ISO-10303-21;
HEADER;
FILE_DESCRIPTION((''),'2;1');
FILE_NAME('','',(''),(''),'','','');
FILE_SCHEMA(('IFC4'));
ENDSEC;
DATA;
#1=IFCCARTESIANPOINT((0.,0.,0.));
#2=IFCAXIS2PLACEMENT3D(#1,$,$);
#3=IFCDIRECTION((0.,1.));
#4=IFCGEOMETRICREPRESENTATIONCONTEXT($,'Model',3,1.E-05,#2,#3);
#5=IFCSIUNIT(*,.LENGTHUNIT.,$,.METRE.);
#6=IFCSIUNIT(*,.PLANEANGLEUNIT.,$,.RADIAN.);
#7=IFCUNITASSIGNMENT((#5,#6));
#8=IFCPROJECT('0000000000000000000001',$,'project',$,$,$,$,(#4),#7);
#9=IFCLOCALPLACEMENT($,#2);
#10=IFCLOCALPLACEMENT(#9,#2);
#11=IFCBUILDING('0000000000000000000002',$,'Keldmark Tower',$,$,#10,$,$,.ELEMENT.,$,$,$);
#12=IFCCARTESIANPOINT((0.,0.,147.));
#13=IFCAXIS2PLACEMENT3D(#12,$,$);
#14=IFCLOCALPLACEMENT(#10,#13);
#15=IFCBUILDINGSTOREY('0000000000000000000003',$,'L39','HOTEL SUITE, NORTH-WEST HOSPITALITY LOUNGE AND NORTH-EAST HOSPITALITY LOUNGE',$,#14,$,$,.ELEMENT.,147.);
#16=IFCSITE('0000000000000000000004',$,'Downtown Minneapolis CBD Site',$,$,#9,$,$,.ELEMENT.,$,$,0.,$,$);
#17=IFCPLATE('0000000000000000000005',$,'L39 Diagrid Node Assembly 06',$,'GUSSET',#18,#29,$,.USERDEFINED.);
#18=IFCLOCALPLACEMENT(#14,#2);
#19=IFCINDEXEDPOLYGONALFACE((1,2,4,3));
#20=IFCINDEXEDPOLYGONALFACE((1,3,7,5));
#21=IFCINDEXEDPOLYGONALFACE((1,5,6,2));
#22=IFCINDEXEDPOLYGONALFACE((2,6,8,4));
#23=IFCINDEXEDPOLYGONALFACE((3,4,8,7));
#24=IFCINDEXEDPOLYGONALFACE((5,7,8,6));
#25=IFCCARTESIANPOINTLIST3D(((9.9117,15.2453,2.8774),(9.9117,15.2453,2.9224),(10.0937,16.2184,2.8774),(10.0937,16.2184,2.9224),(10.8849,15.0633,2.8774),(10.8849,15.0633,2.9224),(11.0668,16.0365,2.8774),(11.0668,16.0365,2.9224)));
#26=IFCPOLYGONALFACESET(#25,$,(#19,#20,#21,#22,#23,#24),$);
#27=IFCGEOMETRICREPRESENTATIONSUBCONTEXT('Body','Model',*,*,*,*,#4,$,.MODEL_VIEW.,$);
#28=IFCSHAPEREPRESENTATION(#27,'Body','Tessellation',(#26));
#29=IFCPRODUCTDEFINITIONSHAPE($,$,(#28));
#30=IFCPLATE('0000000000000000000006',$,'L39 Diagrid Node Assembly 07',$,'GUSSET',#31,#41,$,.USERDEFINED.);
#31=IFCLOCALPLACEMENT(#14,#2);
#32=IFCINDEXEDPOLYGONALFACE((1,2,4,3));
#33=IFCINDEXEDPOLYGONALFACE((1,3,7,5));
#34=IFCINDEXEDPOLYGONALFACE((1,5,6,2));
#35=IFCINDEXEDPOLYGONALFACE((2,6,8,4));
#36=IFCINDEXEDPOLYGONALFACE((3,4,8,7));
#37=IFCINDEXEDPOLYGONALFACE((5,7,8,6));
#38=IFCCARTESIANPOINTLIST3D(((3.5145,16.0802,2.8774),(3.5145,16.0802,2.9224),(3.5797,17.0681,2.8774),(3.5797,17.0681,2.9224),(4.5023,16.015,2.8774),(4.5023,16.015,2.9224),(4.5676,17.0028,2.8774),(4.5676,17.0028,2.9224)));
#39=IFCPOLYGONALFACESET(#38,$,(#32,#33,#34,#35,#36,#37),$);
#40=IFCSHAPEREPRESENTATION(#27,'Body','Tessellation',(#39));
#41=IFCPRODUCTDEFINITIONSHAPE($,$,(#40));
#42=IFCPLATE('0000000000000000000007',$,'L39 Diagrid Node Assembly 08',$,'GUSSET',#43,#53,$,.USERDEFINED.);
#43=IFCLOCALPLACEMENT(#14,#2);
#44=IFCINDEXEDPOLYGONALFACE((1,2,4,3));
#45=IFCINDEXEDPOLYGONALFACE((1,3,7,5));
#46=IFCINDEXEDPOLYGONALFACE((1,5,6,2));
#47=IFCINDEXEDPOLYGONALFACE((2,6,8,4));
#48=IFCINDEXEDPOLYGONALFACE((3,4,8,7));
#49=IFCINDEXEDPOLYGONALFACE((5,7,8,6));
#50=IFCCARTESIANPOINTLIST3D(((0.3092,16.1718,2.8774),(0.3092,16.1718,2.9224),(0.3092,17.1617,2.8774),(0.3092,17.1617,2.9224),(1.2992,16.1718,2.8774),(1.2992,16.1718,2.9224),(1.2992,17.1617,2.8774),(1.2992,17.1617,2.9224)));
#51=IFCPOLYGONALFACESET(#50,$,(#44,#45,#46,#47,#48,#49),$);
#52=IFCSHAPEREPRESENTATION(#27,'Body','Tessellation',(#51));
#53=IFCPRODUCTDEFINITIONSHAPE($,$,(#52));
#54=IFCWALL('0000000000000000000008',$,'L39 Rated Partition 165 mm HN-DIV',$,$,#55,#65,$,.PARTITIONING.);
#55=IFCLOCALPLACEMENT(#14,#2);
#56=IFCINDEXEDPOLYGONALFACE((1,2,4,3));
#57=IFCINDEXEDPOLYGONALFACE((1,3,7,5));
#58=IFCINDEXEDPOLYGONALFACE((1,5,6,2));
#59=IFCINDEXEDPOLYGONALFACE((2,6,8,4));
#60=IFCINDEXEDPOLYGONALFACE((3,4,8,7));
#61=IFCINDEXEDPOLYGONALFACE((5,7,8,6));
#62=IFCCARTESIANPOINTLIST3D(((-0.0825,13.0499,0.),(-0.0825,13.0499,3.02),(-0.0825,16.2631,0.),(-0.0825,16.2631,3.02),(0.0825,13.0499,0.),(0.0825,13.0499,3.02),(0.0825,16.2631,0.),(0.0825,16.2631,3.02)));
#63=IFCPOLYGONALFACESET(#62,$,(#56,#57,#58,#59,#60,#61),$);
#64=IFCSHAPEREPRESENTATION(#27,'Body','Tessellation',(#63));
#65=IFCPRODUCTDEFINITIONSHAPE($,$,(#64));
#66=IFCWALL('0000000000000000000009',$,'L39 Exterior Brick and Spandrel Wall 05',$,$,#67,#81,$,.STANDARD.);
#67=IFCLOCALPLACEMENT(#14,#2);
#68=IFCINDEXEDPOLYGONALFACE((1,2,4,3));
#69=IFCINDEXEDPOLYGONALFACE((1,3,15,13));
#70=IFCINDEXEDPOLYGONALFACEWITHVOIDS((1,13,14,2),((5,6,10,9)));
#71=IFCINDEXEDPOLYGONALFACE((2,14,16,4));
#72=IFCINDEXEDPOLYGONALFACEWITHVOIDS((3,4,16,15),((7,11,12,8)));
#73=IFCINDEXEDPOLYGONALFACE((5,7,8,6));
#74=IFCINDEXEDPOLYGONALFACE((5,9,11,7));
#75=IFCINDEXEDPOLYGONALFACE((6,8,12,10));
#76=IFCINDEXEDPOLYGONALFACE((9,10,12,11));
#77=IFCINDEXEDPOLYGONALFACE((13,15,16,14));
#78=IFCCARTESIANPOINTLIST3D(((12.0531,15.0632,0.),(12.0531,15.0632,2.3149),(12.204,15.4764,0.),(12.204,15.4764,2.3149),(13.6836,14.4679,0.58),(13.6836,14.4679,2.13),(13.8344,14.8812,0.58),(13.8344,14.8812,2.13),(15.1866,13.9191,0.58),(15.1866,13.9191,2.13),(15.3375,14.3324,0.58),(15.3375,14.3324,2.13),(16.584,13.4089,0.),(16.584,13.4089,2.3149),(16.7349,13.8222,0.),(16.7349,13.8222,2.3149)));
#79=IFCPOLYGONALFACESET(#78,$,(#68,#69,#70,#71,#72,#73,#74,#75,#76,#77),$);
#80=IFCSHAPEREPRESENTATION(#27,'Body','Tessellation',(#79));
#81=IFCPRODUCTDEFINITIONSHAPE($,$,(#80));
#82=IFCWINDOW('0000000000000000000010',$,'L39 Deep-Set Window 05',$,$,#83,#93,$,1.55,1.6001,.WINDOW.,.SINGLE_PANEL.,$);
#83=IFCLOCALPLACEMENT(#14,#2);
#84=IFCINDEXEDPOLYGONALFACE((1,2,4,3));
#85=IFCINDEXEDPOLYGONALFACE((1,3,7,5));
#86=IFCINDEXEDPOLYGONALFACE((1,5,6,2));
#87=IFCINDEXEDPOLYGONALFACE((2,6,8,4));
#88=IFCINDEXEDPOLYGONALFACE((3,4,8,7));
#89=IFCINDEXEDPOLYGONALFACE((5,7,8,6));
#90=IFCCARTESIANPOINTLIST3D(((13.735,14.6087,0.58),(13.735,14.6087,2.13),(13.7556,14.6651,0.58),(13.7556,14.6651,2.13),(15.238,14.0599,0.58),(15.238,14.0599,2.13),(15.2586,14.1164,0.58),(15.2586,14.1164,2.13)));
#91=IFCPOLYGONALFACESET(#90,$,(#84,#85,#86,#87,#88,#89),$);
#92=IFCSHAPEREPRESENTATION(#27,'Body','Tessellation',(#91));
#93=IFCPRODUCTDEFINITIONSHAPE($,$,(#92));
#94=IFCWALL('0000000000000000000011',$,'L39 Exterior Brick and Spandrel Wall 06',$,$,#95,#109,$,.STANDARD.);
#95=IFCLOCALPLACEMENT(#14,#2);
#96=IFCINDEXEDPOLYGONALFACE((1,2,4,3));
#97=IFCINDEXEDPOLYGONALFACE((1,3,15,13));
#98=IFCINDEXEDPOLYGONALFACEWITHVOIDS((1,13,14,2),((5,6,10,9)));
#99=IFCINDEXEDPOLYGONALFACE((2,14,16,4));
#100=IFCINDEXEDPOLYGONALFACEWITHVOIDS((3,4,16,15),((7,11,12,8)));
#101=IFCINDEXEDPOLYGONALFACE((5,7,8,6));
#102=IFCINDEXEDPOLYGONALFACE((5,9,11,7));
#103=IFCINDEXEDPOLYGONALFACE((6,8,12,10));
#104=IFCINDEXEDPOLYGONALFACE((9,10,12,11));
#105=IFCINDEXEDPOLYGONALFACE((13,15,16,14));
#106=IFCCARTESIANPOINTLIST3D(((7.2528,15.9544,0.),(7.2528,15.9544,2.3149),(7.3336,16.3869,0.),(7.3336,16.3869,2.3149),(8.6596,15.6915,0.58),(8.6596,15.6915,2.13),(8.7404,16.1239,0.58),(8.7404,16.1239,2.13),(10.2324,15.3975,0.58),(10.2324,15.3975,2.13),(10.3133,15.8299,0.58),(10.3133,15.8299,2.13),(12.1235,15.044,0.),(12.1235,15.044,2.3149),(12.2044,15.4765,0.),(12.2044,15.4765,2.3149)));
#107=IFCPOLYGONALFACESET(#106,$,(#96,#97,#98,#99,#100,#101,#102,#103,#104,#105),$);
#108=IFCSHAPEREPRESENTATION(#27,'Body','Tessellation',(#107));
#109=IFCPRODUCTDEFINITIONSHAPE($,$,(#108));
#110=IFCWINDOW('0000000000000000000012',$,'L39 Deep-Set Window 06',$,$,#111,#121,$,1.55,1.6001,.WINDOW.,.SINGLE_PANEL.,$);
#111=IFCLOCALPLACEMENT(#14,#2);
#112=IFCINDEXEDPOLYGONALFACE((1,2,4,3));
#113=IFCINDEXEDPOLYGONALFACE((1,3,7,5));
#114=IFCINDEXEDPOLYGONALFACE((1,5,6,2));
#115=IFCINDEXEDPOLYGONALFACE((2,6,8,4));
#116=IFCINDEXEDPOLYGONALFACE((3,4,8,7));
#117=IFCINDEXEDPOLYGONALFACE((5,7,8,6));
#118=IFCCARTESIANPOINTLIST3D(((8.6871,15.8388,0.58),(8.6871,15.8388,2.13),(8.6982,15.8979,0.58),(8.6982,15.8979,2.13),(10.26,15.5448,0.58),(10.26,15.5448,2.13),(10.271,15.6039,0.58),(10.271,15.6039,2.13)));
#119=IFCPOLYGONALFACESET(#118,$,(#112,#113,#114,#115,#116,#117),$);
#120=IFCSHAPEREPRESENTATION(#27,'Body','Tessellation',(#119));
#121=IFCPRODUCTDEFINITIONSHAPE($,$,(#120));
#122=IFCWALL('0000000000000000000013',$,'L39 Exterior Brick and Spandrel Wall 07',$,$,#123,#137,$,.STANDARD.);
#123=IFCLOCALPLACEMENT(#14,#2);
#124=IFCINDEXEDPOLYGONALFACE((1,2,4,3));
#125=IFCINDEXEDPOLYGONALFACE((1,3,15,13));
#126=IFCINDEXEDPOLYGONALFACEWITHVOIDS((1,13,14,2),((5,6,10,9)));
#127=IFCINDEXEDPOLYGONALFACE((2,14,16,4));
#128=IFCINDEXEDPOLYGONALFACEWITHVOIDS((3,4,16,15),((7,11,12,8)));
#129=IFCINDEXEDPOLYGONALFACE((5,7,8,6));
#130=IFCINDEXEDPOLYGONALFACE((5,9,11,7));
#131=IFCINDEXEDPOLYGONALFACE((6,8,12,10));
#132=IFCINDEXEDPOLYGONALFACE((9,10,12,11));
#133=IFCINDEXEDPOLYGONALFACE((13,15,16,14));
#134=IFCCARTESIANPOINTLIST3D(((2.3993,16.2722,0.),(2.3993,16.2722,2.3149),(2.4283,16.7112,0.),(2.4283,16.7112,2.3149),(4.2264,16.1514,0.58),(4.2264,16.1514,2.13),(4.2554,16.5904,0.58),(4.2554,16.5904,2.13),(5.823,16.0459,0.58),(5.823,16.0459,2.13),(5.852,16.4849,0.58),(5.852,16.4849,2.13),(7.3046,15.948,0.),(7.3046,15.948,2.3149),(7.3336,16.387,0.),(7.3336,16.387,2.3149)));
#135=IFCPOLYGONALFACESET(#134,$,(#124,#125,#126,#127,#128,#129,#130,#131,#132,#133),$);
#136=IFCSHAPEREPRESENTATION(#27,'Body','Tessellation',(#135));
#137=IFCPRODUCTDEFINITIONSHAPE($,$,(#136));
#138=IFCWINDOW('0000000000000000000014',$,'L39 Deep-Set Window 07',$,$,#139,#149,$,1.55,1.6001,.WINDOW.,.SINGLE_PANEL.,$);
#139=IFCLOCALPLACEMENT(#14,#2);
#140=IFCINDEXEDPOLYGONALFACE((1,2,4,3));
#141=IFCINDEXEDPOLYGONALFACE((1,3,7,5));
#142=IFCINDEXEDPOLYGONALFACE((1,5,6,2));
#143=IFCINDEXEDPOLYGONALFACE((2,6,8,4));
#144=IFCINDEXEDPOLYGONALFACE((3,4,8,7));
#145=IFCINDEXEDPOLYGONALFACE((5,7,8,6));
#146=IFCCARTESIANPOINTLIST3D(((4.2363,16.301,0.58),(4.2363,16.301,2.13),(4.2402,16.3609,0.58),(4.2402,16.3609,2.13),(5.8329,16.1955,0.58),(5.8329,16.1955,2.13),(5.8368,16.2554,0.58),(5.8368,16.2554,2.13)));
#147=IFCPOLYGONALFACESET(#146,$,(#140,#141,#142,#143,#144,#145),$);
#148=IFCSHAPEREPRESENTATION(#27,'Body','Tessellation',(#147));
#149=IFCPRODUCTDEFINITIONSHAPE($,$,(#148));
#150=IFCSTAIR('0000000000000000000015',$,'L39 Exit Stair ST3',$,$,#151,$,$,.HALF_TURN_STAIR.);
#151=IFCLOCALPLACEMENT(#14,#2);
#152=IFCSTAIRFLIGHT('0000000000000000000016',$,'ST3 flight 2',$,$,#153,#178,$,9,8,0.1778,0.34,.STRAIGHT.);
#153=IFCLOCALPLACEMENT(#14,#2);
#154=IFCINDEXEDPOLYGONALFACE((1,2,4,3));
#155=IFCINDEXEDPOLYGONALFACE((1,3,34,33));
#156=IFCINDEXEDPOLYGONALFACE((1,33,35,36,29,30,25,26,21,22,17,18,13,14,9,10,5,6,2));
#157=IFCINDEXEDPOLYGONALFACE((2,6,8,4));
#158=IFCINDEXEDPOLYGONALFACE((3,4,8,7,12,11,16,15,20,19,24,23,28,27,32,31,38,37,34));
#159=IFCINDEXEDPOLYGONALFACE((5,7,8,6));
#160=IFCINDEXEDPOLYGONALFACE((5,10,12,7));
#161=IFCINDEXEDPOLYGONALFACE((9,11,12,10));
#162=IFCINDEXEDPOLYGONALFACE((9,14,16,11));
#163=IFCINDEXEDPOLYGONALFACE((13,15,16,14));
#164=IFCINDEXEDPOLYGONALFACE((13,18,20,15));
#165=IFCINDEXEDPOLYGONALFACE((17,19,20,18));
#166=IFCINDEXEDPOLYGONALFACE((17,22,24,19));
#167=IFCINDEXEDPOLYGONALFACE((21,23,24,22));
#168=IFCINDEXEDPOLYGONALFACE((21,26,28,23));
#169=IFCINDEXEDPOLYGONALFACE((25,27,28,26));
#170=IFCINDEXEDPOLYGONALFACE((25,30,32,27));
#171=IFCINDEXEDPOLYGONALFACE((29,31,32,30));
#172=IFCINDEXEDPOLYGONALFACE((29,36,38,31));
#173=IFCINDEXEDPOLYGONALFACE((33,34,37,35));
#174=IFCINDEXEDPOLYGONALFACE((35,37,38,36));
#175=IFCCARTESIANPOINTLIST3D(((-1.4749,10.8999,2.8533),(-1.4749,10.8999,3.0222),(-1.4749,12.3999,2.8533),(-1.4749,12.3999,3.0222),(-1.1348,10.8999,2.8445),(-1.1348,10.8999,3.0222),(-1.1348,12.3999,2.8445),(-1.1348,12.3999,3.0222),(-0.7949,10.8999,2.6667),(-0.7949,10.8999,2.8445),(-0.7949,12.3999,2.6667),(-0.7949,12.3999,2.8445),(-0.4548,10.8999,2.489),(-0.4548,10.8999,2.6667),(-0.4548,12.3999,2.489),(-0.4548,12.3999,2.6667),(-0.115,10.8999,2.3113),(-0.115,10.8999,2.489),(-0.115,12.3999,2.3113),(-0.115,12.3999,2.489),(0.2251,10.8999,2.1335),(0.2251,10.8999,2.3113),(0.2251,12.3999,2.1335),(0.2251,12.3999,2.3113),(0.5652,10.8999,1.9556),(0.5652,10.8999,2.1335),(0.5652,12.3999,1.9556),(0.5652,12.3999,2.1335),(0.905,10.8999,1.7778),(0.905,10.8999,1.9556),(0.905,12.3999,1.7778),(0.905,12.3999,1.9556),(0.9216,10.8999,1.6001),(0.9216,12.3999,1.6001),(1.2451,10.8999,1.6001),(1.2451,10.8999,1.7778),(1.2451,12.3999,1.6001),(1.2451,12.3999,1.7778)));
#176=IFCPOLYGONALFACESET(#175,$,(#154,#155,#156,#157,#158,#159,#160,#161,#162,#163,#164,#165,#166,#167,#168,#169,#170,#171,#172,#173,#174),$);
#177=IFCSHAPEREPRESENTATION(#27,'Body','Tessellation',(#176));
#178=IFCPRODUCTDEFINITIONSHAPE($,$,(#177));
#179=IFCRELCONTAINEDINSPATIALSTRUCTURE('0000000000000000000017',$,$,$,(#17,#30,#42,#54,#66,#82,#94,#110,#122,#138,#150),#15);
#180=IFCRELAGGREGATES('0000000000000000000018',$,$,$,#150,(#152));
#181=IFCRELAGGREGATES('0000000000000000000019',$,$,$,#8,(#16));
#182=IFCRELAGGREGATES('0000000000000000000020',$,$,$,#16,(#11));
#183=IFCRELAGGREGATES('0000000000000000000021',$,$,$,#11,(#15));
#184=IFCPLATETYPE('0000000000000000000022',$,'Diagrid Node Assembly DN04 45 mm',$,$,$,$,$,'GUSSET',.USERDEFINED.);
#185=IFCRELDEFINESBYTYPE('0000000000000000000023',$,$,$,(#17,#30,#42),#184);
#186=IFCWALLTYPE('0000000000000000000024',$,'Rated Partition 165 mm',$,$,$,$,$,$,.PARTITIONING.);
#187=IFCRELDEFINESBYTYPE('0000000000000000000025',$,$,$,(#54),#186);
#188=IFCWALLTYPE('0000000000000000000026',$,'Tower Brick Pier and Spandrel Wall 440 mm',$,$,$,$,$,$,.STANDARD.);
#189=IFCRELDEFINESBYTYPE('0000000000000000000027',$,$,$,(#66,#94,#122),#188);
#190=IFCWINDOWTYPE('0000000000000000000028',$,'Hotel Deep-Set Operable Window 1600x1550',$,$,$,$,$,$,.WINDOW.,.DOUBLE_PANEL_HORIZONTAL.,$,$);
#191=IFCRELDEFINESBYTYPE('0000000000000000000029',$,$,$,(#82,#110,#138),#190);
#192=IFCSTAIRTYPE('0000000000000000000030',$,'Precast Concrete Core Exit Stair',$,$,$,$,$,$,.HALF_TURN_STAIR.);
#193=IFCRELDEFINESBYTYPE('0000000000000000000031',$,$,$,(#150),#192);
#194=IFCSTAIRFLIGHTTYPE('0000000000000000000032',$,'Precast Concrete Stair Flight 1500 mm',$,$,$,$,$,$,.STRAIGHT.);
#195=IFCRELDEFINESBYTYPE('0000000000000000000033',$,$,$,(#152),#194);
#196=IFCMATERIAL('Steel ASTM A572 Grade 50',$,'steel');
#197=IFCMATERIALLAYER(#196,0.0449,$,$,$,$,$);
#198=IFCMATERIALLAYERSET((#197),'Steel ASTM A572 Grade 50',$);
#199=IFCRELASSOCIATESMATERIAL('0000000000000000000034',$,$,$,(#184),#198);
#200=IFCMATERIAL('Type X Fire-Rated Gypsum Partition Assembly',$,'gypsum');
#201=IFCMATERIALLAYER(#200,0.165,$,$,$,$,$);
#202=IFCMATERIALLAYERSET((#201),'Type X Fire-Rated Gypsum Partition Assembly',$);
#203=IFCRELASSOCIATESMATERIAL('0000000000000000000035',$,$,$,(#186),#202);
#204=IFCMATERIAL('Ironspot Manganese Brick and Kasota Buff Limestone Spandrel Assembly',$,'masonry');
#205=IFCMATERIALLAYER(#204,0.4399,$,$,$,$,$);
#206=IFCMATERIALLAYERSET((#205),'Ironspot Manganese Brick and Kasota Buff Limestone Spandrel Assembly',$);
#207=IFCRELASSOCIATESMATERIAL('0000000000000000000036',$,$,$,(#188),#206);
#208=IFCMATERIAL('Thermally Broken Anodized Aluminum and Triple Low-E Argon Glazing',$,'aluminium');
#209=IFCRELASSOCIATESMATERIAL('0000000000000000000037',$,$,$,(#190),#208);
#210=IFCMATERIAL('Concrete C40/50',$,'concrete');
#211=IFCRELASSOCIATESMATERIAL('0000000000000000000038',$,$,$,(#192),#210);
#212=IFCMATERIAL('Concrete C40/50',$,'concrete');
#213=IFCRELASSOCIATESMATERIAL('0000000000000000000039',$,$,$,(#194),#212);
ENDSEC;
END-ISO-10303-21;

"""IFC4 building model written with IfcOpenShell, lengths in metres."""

from ifc_helpers import new_model, si_unit, direction, frame, frame_2d, origin, origin_2d, place, context, subcontext, project, spatial, polyline, rectangle, outline, extrude, material, layer, layer_set, type_object, element, fill, aggregate, save


model = new_model("IFC4")

# Units and contexts
model_context = context("Model", 3, precision=1e-05, world=origin(), true_north=direction((0.0, 1.0)))
body_context = subcontext(model_context, "Body", "Model", "MODEL_VIEW")
ifc_project = project(units=[si_unit("LENGTHUNIT", "METRE"), si_unit("PLANEANGLEUNIT", "RADIAN")], contexts=[model_context])

# Site, building, storey
site_placement = place(None, origin())
site = spatial("IfcSite", under=ifc_project, at=site_placement, Name="Downtown Minneapolis CBD Site", CompositionType="ELEMENT", RefElevation=0.0)
building_placement = place(site_placement, origin())
building = spatial("IfcBuilding", under=site, at=building_placement, Name="Keldmark Tower", CompositionType="ELEMENT")
storey_placement = place(building_placement, frame((0.0, 0.0, 147.0)))
storey = spatial("IfcBuildingStorey", under=building, at=storey_placement, Name="L39", Description="HOTEL SUITE, NORTH-WEST HOSPITALITY LOUNGE AND NORTH-EAST HOSPITALITY LOUNGE", CompositionType="ELEMENT", Elevation=147.0)

# Plates
ifc_material_1 = material(Name="Steel ASTM A572 Grade 50", Category="steel")
ifc_layer_1 = layer(ifc_material_1, 0.0449)
ifc_layer_set_1 = layer_set([ifc_layer_1], Name="Steel ASTM A572 Grade 50")
plate_type_1 = type_object("IfcPlateType", Name="Diagrid Node Assembly DN04 45 mm", ElementType="GUSSET", PredefinedType="USERDEFINED", material=ifc_layer_set_1)
for number, where, z_axis, x_axis, name in (
    (1, (10.4893, 15.6409, 2.8774), (0.0, 0.0, 1.0), (-0.982967, 0.18378, 0.0), "L39 Diagrid Node Assembly 06"),
    (2, (4.041, 16.5415, 2.8774), (0.0, 0.0, 1.0), (-0.997825, 0.065926, 0.0), "L39 Diagrid Node Assembly 07"),
    (3, (0.8042, 16.6667, 2.8774), (0.0, 0.0, 1.0), (-1.0, 0.0, 0.0), "L39 Diagrid Node Assembly 08"),
):
    element("IfcPlate", number, at=place(storey_placement, frame(where, z_axis=z_axis, x_axis=x_axis)), inside=storey, type_object=plate_type_1, Name=name, ObjectType="GUSSET", PredefinedType="USERDEFINED", context=body_context, shape_type="SweptSolid", body=[
        extrude(rectangle(XDim=0.99, YDim=0.99, at=origin_2d()), origin(), (0.0, 0.0, 1.0), 0.0449),
    ])

# Wall
ifc_material_2 = material(Name="Type X Fire-Rated Gypsum Partition Assembly", Category="gypsum")
ifc_layer_2 = layer(ifc_material_2, 0.165)
ifc_layer_set_2 = layer_set([ifc_layer_2], Name="Type X Fire-Rated Gypsum Partition Assembly")
wall_type_1 = type_object("IfcWallType", Name="Rated Partition 165 mm", PredefinedType="PARTITIONING", material=ifc_layer_set_2)
wall_1_placement = place(storey_placement, frame((0.0, 13.05, 0.0), z_axis=(0.0, 0.0, 1.0), x_axis=(0.0, 1.0, 0.0)))
element("IfcWall", 4, at=wall_1_placement, inside=storey, type_object=wall_type_1, Name="L39 Rated Partition 165 mm HN-DIV", PredefinedType="PARTITIONING", context=body_context, shape_type="SweptSolid", body=[
    extrude(rectangle(XDim=3.2131, YDim=0.165, at=frame_2d((1.6064, 0.0))), origin(), (0.0, 0.0, 1.0), 3.02),
])

# Walls, openings, windows
ifc_material_3 = material(Name="Ironspot Manganese Brick and Kasota Buff Limestone Spandrel Assembly", Category="masonry")
ifc_layer_3 = layer(ifc_material_3, 0.4399)
ifc_layer_set_3 = layer_set([ifc_layer_3], Name="Ironspot Manganese Brick and Kasota Buff Limestone Spandrel Assembly")
wall_type_2 = type_object("IfcWallType", Name="Tower Brick Pier and Spandrel Wall 440 mm", PredefinedType="STANDARD", material=ifc_layer_set_3)
wall_2_placement = place(storey_placement, frame((12.1287, 15.2698, 0.0), z_axis=(0.0, 0.0, 1.0), x_axis=(0.939349, -0.342962, 0.0)))
wall_2 = element("IfcWall", 5, at=wall_2_placement, inside=storey, type_object=wall_type_2, Name="L39 Exterior Brick and Spandrel Wall 05", PredefinedType="STANDARD", context=body_context, shape_type="SweptSolid", body=[
    extrude(rectangle(XDim=4.8235, YDim=0.4399, at=frame_2d((2.4116, 0.0))), origin(), (0.0, 0.0, 1.0), 2.3149),
])
opening_1_placement = place(wall_2_placement, frame((1.7356, 0.0, 0.5801)))
opening_1 = element("IfcOpeningElement", 6, at=opening_1_placement, cuts=wall_2, PredefinedType="OPENING", context=body_context, shape_type="SweptSolid", body=[
    extrude(rectangle(XDim=1.6001, YDim=1.55, at=frame_2d((0.8, 0.7749))), frame((0.0, 0.23, 0.0), z_axis=(0.0, -1.0, 0.0), x_axis=(1.0, 0.0, 0.0)), (0.0, 0.0, 1.0), 0.46),
])
ifc_material_4 = material(Name="Thermally Broken Anodized Aluminum and Triple Low-E Argon Glazing", Category="aluminium")
window_type = type_object("IfcWindowType", Name="Hotel Deep-Set Operable Window 1600x1550", PartitioningType="DOUBLE_PANEL_HORIZONTAL", PredefinedType="WINDOW", material=ifc_material_4)
window_1_placement = place(opening_1_placement, origin())
window_1 = element("IfcWindow", 7, at=window_1_placement, inside=storey, type_object=window_type, Name="L39 Deep-Set Window 05", OverallHeight=1.55, OverallWidth=1.6001, PartitioningType="SINGLE_PANEL", PredefinedType="WINDOW", context=body_context, shape_type="SweptSolid", body=[
    extrude(rectangle(XDim=1.6001, YDim=1.55, at=frame_2d((0.8, 0.7749))), frame((0.0, -0.01, 0.0), z_axis=(0.0, -1.0, 0.0), x_axis=(1.0, 0.0, 0.0)), (0.0, 0.0, 1.0), 0.0601),
])
fill(opening_1, window_1)
wall_3_placement = place(storey_placement, frame((7.2932, 16.1707, 0.0), z_axis=(0.0, 0.0, 1.0), x_axis=(0.982976, -0.183735, 0.0)))
wall_3 = element("IfcWall", 8, at=wall_3_placement, inside=storey, type_object=wall_type_2, Name="L39 Exterior Brick and Spandrel Wall 06", PredefinedType="STANDARD", context=body_context, shape_type="SweptSolid", body=[
    extrude(rectangle(XDim=4.9551, YDim=0.4399, at=frame_2d((2.4775, 0.0))), origin(), (0.0, 0.0, 1.0), 2.3149),
])
opening_2_placement = place(wall_3_placement, frame((1.4312, 0.0, 0.5801)))
opening_2 = element("IfcOpeningElement", 9, at=opening_2_placement, cuts=wall_3, PredefinedType="OPENING", context=body_context, shape_type="SweptSolid", body=[
    extrude(rectangle(XDim=1.6001, YDim=1.55, at=frame_2d((0.8, 0.7749))), frame((0.0, 0.23, 0.0), z_axis=(0.0, -1.0, 0.0), x_axis=(1.0, 0.0, 0.0)), (0.0, 0.0, 1.0), 0.46),
])
window_2_placement = place(opening_2_placement, origin())
window_2 = element("IfcWindow", 10, at=window_2_placement, inside=storey, type_object=window_type, Name="L39 Deep-Set Window 06", OverallHeight=1.55, OverallWidth=1.6001, PartitioningType="SINGLE_PANEL", PredefinedType="WINDOW", context=body_context, shape_type="SweptSolid", body=[
    extrude(rectangle(XDim=1.6001, YDim=1.55, at=frame_2d((0.8, 0.7749))), frame((0.0, -0.01, 0.0), z_axis=(0.0, -1.0, 0.0), x_axis=(1.0, 0.0, 0.0)), (0.0, 0.0, 1.0), 0.0601),
])
fill(opening_2, window_2)
wall_4_placement = place(storey_placement, frame((2.4138, 16.4917, 0.0), z_axis=(0.0, 0.0, 1.0), x_axis=(0.997823, -0.065952, 0.0)))
wall_4 = element("IfcWall", 11, at=wall_4_placement, inside=storey, type_object=wall_type_2, Name="L39 Exterior Brick and Spandrel Wall 07", PredefinedType="STANDARD", context=body_context, shape_type="SweptSolid", body=[
    extrude(rectangle(XDim=4.916, YDim=0.4399, at=frame_2d((2.458, 0.0))), origin(), (0.0, 0.0, 1.0), 2.3149),
])
opening_3_placement = place(wall_4_placement, frame((1.8311, 0.0, 0.5801)))
opening_3 = element("IfcOpeningElement", 12, at=opening_3_placement, cuts=wall_4, PredefinedType="OPENING", context=body_context, shape_type="SweptSolid", body=[
    extrude(rectangle(XDim=1.6001, YDim=1.55, at=frame_2d((0.8, 0.7749))), frame((0.0, 0.23, 0.0), z_axis=(0.0, -1.0, 0.0), x_axis=(1.0, 0.0, 0.0)), (0.0, 0.0, 1.0), 0.46),
])
window_3_placement = place(opening_3_placement, origin())
window_3 = element("IfcWindow", 13, at=window_3_placement, inside=storey, type_object=window_type, Name="L39 Deep-Set Window 07", OverallHeight=1.55, OverallWidth=1.6001, PartitioningType="SINGLE_PANEL", PredefinedType="WINDOW", context=body_context, shape_type="SweptSolid", body=[
    extrude(rectangle(XDim=1.6001, YDim=1.55, at=frame_2d((0.8, 0.7749))), frame((0.0, -0.01, 0.0), z_axis=(0.0, -1.0, 0.0), x_axis=(1.0, 0.0, 0.0)), (0.0, 0.0, 1.0), 0.0601),
])
fill(opening_3, window_3)

# Stair, stair flight
ifc_material_5 = material(Name="Concrete C40/50", Category="concrete")
stair_type = type_object("IfcStairType", Name="Precast Concrete Core Exit Stair", PredefinedType="HALF_TURN_STAIR", material=ifc_material_5)
stair_placement = place(storey_placement, origin())
stair = element("IfcStair", 14, at=stair_placement, inside=storey, type_object=stair_type, Name="L39 Exit Stair ST3", PredefinedType="HALF_TURN_STAIR")
ifc_material_6 = material(Name="Concrete C40/50", Category="concrete")
stair_flight_type = type_object("IfcStairFlightType", Name="Precast Concrete Stair Flight 1500 mm", PredefinedType="STRAIGHT", material=ifc_material_6)
stair_flight_placement = place(storey_placement, frame((1.2451, 11.6499, 1.6001), z_axis=(0.0, 0.0, 1.0), x_axis=(-1.0, 0.0, 0.0)))
stair_flight = element("IfcStairFlight", 15, at=stair_flight_placement, type_object=stair_flight_type, Name="ST3 flight 2", NumberOfRisers=9, NumberOfTreads=8, PredefinedType="STRAIGHT", RiserHeight=0.1778, TreadLength=0.34, context=body_context, shape_type="SweptSolid", body=[
    extrude(outline(polyline([(0.0, 0.0), (0.0, 0.1777), (0.3401, 0.1777), (0.3401, 0.3555), (0.6799, 0.3555), (0.6799, 0.5334), (1.02, 0.5334), (1.02, 0.7112), (1.3601, 0.7112), (1.3601, 0.8889), (1.7, 0.8889), (1.7, 1.0667), (2.04, 1.0667), (2.04, 1.2444), (2.3799, 1.2444), (2.3799, 1.4221), (2.72, 1.4221), (2.72, 1.6001), (2.72, 1.2532), (0.3235, 0.0), (0.0, 0.0)])), frame((0.0, 0.75, 0.0), z_axis=(0.0, -1.0, 0.0), x_axis=(1.0, 0.0, 0.0)), (0.0, 0.0, 1.0), 1.5),
])
aggregate(stair, [stair_flight])

save(model, "model.ifc")
